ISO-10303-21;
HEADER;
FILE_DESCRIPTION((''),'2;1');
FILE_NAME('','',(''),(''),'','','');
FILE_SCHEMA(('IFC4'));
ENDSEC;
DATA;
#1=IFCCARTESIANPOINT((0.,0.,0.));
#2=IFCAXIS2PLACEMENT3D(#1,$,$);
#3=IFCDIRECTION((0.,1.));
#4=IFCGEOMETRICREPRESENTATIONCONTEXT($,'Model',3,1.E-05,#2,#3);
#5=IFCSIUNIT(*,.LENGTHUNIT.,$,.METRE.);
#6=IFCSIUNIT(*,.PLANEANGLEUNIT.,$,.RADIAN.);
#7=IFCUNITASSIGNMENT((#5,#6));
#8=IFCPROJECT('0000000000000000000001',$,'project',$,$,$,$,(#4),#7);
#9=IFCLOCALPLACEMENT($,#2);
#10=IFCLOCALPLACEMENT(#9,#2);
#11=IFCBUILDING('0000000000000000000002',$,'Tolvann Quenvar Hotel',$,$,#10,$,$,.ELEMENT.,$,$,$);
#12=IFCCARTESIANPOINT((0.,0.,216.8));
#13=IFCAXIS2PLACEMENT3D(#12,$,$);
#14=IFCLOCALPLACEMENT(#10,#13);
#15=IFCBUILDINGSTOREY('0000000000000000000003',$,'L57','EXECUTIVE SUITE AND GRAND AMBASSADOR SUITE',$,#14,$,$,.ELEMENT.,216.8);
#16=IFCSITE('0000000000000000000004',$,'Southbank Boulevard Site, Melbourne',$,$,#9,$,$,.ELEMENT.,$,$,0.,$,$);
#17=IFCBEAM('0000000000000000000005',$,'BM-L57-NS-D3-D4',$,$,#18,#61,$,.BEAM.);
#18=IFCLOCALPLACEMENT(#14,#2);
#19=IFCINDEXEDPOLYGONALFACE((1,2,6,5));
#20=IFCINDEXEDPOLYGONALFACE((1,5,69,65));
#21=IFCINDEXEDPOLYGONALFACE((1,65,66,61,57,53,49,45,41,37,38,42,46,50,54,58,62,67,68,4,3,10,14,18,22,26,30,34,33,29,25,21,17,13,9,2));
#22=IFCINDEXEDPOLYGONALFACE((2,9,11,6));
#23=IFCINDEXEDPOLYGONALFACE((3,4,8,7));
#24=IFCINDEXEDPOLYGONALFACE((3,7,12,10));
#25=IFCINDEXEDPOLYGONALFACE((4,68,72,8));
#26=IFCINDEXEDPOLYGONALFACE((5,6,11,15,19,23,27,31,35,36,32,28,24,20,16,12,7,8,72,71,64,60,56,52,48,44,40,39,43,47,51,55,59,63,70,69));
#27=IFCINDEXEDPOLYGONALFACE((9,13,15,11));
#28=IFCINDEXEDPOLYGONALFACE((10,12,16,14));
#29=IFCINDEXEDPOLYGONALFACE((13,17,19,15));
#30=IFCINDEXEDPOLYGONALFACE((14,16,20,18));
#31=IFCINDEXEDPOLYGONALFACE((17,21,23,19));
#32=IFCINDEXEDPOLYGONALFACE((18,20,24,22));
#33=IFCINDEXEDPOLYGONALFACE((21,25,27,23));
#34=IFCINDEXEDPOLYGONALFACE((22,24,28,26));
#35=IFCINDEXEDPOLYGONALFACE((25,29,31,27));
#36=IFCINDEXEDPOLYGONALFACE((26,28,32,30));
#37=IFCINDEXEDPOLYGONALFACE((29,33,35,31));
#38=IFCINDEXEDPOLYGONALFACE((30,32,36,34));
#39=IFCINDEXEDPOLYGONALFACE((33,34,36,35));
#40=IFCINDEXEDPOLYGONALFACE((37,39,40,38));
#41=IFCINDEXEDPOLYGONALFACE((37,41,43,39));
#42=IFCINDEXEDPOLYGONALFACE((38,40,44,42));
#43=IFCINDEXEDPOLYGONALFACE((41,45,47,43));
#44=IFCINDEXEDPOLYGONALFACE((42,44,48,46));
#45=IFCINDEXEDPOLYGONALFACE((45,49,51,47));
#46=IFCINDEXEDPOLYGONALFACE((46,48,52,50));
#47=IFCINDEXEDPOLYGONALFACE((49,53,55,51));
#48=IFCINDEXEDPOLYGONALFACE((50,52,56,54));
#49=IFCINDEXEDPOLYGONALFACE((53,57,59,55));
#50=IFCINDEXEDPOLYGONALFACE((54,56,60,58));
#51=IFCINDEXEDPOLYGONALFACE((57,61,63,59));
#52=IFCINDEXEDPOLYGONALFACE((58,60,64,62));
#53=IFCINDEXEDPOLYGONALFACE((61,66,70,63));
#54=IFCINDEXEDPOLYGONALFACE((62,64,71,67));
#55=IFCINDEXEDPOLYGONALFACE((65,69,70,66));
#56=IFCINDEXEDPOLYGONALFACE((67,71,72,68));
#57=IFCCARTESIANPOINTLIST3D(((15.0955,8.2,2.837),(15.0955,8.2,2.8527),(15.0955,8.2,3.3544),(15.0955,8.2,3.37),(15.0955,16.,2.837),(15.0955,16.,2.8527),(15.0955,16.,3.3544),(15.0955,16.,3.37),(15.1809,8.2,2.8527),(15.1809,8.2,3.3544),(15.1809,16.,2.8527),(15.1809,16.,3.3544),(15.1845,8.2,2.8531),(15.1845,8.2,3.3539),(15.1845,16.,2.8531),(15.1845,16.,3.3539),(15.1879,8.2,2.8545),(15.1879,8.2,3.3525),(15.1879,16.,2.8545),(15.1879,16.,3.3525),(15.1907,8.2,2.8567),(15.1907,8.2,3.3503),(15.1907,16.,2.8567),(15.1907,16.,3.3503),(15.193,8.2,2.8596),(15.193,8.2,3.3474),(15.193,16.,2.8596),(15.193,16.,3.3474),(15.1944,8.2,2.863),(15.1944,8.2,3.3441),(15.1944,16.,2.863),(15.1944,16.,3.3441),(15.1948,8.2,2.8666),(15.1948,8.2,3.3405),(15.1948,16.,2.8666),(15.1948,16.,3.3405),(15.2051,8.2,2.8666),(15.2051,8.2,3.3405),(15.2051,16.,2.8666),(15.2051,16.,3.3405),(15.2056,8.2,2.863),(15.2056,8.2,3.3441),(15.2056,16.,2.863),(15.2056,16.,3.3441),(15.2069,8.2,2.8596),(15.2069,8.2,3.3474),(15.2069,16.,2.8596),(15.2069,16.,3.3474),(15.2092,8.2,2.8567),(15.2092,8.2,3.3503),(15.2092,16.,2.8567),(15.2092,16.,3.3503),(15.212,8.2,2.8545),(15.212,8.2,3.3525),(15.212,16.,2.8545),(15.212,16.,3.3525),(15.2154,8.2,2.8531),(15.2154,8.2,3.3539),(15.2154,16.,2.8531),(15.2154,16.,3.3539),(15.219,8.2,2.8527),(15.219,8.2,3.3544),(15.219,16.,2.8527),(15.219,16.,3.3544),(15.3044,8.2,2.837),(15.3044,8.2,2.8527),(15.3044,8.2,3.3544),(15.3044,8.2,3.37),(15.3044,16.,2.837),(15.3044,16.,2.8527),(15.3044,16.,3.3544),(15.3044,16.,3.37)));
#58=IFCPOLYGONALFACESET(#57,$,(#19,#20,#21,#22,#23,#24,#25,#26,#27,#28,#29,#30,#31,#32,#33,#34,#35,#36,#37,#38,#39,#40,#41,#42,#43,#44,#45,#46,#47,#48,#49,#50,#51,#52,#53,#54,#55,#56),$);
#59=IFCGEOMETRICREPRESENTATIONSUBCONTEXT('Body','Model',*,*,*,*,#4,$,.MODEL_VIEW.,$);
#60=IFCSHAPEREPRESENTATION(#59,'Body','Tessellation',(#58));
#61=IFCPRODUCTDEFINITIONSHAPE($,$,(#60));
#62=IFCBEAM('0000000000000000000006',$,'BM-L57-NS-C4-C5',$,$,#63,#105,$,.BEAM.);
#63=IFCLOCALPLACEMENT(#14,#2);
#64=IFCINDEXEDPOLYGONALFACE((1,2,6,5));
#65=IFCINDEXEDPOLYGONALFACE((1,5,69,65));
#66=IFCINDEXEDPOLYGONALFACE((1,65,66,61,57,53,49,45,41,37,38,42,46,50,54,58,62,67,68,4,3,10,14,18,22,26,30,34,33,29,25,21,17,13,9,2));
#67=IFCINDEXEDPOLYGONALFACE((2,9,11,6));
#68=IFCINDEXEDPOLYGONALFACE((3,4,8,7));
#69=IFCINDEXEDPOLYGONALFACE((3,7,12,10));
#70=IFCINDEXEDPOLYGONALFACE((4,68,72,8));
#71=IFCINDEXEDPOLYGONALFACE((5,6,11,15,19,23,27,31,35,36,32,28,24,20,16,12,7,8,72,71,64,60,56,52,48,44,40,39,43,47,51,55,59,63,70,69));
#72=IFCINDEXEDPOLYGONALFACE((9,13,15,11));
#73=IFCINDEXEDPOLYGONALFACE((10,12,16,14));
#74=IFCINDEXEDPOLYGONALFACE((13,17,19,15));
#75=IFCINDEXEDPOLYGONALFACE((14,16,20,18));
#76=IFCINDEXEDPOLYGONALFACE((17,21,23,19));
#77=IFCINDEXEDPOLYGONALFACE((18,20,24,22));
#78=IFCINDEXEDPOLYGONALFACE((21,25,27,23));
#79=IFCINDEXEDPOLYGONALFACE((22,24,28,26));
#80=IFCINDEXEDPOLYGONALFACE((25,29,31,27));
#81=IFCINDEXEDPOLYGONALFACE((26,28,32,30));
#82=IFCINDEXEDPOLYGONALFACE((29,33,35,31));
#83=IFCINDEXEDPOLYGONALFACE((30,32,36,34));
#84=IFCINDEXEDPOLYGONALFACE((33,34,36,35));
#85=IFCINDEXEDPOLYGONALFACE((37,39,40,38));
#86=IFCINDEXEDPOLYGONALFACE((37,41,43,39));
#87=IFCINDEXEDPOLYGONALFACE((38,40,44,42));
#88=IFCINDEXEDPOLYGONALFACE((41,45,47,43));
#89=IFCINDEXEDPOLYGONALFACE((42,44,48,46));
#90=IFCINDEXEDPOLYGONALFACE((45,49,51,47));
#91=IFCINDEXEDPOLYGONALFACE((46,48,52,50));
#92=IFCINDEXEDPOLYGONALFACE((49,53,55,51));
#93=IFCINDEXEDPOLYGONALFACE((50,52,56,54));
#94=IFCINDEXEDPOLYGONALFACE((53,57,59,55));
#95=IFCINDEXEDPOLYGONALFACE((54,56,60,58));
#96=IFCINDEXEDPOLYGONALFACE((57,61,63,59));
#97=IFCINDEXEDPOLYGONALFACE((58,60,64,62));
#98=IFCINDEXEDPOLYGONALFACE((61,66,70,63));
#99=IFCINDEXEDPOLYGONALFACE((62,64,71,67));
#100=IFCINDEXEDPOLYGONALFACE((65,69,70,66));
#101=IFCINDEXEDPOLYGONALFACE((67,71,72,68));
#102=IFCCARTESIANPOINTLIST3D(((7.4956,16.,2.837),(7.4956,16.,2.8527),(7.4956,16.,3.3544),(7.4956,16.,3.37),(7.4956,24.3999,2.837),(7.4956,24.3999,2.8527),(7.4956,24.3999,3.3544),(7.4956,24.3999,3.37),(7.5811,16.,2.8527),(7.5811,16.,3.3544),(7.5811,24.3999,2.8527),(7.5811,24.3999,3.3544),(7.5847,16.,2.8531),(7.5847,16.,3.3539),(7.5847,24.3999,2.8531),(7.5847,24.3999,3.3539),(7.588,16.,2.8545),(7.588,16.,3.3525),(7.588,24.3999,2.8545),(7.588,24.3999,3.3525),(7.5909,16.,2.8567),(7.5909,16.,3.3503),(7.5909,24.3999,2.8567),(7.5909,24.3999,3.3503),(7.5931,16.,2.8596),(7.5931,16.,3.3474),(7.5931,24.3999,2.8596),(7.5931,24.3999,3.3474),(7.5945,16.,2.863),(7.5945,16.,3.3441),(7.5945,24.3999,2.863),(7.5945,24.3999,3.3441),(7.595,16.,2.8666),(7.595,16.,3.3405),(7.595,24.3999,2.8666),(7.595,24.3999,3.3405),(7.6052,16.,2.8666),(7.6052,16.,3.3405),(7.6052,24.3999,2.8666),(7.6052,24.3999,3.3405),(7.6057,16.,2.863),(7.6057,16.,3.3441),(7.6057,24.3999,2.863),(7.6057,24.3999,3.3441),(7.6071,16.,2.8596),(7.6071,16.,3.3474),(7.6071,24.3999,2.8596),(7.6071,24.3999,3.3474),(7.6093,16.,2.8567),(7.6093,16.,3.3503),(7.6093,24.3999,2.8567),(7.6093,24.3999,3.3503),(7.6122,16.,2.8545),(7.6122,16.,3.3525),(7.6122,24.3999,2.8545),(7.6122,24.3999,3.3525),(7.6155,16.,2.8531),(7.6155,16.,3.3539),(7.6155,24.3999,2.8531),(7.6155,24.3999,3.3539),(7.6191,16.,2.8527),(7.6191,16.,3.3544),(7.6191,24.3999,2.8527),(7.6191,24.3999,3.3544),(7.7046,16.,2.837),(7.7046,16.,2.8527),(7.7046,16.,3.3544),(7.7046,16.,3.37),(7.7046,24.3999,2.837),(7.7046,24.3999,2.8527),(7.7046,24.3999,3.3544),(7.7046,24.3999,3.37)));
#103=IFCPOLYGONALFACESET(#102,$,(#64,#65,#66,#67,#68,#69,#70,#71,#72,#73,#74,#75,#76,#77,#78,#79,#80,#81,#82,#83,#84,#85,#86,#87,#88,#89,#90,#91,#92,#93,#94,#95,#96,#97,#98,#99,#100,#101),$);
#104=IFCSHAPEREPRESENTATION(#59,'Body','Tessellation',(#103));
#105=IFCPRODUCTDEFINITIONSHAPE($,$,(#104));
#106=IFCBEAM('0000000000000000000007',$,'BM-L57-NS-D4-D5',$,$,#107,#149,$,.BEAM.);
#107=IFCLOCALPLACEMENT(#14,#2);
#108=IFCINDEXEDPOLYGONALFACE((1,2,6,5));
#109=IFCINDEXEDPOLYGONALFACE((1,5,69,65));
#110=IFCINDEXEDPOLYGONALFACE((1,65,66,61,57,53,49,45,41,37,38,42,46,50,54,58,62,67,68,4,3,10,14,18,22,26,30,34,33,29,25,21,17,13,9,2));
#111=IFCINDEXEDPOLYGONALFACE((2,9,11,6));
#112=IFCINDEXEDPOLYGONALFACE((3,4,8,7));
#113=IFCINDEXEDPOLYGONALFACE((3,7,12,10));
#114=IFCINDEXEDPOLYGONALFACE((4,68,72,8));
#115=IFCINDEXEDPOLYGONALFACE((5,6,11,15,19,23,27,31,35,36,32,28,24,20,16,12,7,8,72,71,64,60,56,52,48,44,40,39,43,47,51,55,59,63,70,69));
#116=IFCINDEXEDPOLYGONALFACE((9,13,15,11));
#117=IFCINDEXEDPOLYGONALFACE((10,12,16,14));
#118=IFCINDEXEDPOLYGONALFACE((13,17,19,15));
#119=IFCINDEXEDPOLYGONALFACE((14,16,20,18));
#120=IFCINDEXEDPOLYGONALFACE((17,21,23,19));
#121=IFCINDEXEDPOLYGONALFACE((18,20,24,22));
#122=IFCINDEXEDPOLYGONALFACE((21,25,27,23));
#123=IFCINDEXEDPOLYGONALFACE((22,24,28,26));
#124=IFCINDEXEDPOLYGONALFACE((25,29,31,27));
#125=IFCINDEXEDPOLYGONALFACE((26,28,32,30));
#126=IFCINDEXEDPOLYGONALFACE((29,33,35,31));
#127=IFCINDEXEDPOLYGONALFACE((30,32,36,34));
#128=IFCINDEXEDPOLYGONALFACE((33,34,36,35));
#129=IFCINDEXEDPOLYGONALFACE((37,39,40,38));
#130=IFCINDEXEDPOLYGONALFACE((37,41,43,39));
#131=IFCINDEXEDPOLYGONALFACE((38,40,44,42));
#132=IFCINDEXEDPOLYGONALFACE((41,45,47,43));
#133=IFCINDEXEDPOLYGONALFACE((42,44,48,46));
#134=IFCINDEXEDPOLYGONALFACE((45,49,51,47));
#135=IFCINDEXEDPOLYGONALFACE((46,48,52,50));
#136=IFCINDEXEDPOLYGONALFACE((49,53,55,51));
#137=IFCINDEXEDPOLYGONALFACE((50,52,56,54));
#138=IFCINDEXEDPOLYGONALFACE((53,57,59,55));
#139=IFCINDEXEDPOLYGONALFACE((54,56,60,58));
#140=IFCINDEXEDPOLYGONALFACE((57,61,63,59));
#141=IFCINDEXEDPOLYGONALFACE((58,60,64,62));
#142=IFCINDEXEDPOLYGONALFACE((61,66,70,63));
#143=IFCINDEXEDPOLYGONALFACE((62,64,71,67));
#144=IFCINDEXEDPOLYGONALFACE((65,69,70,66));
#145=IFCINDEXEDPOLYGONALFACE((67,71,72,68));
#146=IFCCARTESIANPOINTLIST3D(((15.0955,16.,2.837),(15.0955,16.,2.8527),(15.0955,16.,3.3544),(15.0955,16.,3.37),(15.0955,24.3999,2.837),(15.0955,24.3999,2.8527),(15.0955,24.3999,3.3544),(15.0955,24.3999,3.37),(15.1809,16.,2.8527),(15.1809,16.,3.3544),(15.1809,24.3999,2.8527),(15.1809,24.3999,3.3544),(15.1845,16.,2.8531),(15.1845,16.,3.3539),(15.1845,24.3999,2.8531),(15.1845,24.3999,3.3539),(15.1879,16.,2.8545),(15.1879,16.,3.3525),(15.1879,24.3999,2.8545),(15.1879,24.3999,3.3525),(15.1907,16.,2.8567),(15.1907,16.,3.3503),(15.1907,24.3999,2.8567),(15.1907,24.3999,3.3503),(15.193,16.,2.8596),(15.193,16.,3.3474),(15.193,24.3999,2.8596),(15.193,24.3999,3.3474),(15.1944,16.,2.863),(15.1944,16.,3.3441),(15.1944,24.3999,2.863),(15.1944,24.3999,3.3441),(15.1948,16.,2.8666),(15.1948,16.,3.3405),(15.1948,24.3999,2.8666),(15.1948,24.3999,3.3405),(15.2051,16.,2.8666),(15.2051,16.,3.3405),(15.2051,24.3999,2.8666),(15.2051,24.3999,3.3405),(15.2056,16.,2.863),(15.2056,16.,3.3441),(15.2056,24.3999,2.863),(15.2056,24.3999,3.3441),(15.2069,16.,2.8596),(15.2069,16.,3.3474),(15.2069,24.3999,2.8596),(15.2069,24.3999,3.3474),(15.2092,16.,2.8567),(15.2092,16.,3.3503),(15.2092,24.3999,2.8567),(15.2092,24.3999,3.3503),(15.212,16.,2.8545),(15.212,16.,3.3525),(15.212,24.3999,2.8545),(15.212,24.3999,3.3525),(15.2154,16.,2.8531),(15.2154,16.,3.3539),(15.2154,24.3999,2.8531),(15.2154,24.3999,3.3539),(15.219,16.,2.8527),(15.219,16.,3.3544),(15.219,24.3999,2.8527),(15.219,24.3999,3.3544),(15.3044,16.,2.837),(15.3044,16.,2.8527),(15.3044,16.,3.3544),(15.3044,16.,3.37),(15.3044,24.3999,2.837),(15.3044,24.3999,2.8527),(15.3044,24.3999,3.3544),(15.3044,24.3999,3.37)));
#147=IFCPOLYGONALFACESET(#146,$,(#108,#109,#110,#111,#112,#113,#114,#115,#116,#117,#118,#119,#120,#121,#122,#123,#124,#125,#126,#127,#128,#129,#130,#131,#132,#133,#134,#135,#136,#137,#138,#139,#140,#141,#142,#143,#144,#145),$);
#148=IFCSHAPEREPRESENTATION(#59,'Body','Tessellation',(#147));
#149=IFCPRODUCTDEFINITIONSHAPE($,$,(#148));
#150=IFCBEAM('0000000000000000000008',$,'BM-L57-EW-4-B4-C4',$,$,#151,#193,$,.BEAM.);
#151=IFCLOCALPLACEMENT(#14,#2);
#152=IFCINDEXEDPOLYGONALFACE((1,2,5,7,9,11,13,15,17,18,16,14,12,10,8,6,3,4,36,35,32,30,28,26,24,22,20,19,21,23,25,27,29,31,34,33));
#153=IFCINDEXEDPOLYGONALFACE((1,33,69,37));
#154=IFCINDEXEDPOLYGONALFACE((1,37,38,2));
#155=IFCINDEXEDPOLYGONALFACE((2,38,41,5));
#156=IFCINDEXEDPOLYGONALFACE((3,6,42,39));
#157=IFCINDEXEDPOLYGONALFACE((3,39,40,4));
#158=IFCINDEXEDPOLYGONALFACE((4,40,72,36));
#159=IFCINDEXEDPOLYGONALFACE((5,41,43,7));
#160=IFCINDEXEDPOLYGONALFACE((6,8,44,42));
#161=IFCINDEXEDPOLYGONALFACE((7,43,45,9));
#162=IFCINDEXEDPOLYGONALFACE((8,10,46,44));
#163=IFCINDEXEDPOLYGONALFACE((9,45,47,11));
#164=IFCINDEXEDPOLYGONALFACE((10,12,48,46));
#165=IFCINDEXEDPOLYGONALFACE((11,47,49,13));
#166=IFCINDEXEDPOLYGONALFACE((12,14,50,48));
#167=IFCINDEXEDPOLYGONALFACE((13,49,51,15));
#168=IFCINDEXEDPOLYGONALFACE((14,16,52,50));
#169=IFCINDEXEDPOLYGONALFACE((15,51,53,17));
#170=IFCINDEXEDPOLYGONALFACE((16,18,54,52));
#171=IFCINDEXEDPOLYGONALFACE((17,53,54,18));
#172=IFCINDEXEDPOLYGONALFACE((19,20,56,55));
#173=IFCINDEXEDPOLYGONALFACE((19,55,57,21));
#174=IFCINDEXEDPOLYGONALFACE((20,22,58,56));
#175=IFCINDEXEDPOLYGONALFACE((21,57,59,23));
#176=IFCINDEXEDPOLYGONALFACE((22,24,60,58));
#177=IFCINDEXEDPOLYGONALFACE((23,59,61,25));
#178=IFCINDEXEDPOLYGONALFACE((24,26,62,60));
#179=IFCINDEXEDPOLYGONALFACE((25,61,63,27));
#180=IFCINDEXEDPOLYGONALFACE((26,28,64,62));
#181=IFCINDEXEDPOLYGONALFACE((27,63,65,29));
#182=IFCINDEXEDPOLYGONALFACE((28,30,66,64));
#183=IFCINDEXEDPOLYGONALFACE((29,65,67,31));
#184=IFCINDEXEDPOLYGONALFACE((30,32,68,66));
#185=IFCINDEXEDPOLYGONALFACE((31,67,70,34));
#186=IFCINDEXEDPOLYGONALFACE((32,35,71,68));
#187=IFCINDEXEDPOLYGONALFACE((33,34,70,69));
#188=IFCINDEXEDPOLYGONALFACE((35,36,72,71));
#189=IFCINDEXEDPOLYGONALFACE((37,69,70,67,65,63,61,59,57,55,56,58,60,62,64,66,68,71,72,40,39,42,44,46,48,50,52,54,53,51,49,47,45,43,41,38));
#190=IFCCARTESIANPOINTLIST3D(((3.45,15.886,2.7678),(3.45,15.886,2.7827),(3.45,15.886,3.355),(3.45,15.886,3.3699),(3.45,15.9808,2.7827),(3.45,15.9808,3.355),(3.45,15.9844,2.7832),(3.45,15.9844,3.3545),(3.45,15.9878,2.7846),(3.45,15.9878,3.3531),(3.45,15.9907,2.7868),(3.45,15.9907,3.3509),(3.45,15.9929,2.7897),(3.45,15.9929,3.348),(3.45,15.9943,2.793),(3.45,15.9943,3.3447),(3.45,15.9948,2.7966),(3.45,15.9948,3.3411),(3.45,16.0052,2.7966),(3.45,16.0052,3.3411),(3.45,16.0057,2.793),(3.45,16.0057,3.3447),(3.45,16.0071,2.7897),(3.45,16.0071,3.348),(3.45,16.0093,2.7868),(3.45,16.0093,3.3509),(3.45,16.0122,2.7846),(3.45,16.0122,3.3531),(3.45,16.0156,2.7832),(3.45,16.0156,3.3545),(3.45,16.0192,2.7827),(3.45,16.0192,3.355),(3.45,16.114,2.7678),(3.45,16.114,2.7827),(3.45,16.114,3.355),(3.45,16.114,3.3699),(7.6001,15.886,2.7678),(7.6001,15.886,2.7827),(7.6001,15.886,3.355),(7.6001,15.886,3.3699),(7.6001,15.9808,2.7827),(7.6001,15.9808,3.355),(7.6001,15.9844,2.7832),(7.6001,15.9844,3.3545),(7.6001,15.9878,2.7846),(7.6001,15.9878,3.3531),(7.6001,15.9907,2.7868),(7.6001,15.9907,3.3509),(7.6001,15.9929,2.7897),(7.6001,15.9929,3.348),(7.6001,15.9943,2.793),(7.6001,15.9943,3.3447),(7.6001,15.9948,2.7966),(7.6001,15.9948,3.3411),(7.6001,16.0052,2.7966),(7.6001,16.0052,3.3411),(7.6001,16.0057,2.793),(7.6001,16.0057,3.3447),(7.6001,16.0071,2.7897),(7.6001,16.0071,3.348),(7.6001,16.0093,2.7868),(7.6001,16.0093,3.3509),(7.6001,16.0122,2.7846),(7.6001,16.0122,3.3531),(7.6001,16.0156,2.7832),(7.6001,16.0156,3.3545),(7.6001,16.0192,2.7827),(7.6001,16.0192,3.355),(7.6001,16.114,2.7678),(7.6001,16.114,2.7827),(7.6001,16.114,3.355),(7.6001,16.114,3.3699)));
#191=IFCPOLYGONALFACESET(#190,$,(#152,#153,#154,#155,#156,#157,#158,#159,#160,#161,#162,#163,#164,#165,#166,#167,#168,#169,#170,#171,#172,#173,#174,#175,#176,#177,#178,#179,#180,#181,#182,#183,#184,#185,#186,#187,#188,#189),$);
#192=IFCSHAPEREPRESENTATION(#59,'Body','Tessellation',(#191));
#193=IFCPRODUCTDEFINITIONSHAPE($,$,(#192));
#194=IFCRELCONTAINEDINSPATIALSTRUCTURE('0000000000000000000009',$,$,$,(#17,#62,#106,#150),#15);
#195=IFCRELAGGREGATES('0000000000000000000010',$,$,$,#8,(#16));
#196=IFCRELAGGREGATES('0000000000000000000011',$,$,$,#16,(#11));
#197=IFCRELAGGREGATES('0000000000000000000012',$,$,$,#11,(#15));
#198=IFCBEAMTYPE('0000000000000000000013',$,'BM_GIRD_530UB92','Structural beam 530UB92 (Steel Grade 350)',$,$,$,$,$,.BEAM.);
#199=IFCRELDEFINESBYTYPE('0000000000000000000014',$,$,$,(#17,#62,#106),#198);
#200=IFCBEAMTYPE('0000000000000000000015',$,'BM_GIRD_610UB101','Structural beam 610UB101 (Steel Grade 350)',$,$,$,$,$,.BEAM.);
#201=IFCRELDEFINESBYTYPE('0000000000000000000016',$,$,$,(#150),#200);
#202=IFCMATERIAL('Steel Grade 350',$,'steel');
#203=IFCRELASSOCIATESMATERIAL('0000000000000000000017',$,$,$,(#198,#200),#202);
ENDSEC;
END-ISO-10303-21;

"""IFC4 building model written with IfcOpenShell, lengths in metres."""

from ifc_helpers import new_model, si_unit, direction, frame, origin, origin_2d, place, context, subcontext, project, spatial, i_section, extrude, source, transform, mapped, material, material_profile, profile_set, type_object, type_shapes, element, save


model = new_model("IFC4")

# Units and contexts
model_context = context("Model", 3, precision=1e-05, world=origin(), true_north=direction((0.0, 1.0)))
body_context = subcontext(model_context, "Body", "Model", "MODEL_VIEW")
ifc_project = project(units=[si_unit("LENGTHUNIT", "METRE"), si_unit("PLANEANGLEUNIT", "RADIAN")], contexts=[model_context])

# Site, building, storey
site_placement = place(None, origin())
site = spatial("IfcSite", under=ifc_project, at=site_placement, Name="Southbank Boulevard Site, Melbourne", CompositionType="ELEMENT", RefElevation=0.0)
building_placement = place(site_placement, origin())
building = spatial("IfcBuilding", under=site, at=building_placement, Name="Tolvann Quenvar Hotel", CompositionType="ELEMENT")
storey_placement = place(building_placement, frame((0.0, 0.0, 216.8)))
storey = spatial("IfcBuildingStorey", under=building, at=storey_placement, Name="L57", Description="EXECUTIVE SUITE AND GRAND AMBASSADOR SUITE", CompositionType="ELEMENT", Elevation=216.8)

# Shared definitions
ifc_material_1 = material(Name="Steel Grade 350", Category="steel")

# Beams
ifc_material_profile_1 = material_profile(ifc_material_1, i_section(OverallWidth=0.209, OverallDepth=0.533, WebThickness=0.0103, FlangeThickness=0.0156, FilletRadius=0.0139, at=origin_2d()), Name="530UB92")
ifc_profile_set_1 = profile_set([ifc_material_profile_1], Name="Steel Grade 350")
beam_type_1 = type_object("IfcBeamType", Name="BM_GIRD_530UB92", Description="Structural beam 530UB92 (Steel Grade 350)", PredefinedType="BEAM", material=ifc_profile_set_1)
shared_shape_1 = source(origin(), body_context, "Body", "SweptSolid", [
    extrude(i_section(OverallWidth=0.209, OverallDepth=0.533, WebThickness=0.0103, FlangeThickness=0.0156, FilletRadius=0.0139, at=origin_2d()), origin(), (0.0, 0.0, 1.0), 7.8),
])
beam_1_placement = place(storey_placement, frame((15.2, 8.2, 3.1035), z_axis=(0.0, 1.0, 0.0), x_axis=(-1.0, 0.0, 0.0)))
element("IfcBeam", 1, at=beam_1_placement, inside=storey, type_object=beam_type_1, Name="BM-L57-NS-D3-D4", PredefinedType="BEAM", context=body_context, shape_type="MappedRepresentation", body=[
    mapped(shared_shape_1, transform((0.0, 0.0, 0.0), x_axis=(1.0, 0.0, 0.0), y_axis=(0.0, 1.0, 0.0), z_axis=(0.0, 0.0, 1.0), scale=1.0)),
])
shared_shape_2 = source(origin(), body_context, "Body", "SweptSolid", [
    extrude(i_section(OverallWidth=0.209, OverallDepth=0.533, WebThickness=0.0103, FlangeThickness=0.0156, FilletRadius=0.0139, at=origin_2d()), origin(), (0.0, 0.0, 1.0), 8.3999),
])
type_shapes(beam_type_1, [shared_shape_1, shared_shape_2])
for number, where, z_axis, x_axis, name in (
    (2, (7.6001, 16.0, 3.1035), (0.0, 1.0, 0.0), (-1.0, 0.0, 0.0), "BM-L57-NS-C4-C5"),
    (3, (15.2, 16.0, 3.1035), (0.0, 1.0, 0.0), (-1.0, 0.0, 0.0), "BM-L57-NS-D4-D5"),
):
    element("IfcBeam", number, at=place(storey_placement, frame(where, z_axis=z_axis, x_axis=x_axis)), inside=storey, type_object=beam_type_1, Name=name, PredefinedType="BEAM", context=body_context, shape_type="MappedRepresentation", body=[
        mapped(shared_shape_2, transform((0.0, 0.0, 0.0), x_axis=(1.0, 0.0, 0.0), y_axis=(0.0, 1.0, 0.0), z_axis=(0.0, 0.0, 1.0), scale=1.0)),
    ])
ifc_material_profile_2 = material_profile(ifc_material_1, i_section(OverallWidth=0.228, OverallDepth=0.6021, WebThickness=0.0105, FlangeThickness=0.0149, FilletRadius=0.0139, at=origin_2d()), Name="610UB101")
ifc_profile_set_2 = profile_set([ifc_material_profile_2], Name="Steel Grade 350")
beam_type_2 = type_object("IfcBeamType", Name="BM_GIRD_610UB101", Description="Structural beam 610UB101 (Steel Grade 350)", PredefinedType="BEAM", material=ifc_profile_set_2)
shared_shape_3 = source(origin(), body_context, "Body", "SweptSolid", [
    extrude(i_section(OverallWidth=0.228, OverallDepth=0.6021, WebThickness=0.0105, FlangeThickness=0.0149, FilletRadius=0.0139, at=origin_2d()), origin(), (0.0, 0.0, 1.0), 4.1501),
])
beam_2_placement = place(storey_placement, frame((3.45, 16.0, 3.0688), z_axis=(1.0, 0.0, 0.0), x_axis=(0.0, 1.0, 0.0)))
element("IfcBeam", 4, at=beam_2_placement, inside=storey, type_object=beam_type_2, Name="BM-L57-EW-4-B4-C4", PredefinedType="BEAM", context=body_context, shape_type="MappedRepresentation", body=[
    mapped(shared_shape_3, transform((0.0, 0.0, 0.0), x_axis=(1.0, 0.0, 0.0), y_axis=(0.0, 1.0, 0.0), z_axis=(0.0, 0.0, 1.0), scale=1.0)),
])

save(model, "model.ifc")
